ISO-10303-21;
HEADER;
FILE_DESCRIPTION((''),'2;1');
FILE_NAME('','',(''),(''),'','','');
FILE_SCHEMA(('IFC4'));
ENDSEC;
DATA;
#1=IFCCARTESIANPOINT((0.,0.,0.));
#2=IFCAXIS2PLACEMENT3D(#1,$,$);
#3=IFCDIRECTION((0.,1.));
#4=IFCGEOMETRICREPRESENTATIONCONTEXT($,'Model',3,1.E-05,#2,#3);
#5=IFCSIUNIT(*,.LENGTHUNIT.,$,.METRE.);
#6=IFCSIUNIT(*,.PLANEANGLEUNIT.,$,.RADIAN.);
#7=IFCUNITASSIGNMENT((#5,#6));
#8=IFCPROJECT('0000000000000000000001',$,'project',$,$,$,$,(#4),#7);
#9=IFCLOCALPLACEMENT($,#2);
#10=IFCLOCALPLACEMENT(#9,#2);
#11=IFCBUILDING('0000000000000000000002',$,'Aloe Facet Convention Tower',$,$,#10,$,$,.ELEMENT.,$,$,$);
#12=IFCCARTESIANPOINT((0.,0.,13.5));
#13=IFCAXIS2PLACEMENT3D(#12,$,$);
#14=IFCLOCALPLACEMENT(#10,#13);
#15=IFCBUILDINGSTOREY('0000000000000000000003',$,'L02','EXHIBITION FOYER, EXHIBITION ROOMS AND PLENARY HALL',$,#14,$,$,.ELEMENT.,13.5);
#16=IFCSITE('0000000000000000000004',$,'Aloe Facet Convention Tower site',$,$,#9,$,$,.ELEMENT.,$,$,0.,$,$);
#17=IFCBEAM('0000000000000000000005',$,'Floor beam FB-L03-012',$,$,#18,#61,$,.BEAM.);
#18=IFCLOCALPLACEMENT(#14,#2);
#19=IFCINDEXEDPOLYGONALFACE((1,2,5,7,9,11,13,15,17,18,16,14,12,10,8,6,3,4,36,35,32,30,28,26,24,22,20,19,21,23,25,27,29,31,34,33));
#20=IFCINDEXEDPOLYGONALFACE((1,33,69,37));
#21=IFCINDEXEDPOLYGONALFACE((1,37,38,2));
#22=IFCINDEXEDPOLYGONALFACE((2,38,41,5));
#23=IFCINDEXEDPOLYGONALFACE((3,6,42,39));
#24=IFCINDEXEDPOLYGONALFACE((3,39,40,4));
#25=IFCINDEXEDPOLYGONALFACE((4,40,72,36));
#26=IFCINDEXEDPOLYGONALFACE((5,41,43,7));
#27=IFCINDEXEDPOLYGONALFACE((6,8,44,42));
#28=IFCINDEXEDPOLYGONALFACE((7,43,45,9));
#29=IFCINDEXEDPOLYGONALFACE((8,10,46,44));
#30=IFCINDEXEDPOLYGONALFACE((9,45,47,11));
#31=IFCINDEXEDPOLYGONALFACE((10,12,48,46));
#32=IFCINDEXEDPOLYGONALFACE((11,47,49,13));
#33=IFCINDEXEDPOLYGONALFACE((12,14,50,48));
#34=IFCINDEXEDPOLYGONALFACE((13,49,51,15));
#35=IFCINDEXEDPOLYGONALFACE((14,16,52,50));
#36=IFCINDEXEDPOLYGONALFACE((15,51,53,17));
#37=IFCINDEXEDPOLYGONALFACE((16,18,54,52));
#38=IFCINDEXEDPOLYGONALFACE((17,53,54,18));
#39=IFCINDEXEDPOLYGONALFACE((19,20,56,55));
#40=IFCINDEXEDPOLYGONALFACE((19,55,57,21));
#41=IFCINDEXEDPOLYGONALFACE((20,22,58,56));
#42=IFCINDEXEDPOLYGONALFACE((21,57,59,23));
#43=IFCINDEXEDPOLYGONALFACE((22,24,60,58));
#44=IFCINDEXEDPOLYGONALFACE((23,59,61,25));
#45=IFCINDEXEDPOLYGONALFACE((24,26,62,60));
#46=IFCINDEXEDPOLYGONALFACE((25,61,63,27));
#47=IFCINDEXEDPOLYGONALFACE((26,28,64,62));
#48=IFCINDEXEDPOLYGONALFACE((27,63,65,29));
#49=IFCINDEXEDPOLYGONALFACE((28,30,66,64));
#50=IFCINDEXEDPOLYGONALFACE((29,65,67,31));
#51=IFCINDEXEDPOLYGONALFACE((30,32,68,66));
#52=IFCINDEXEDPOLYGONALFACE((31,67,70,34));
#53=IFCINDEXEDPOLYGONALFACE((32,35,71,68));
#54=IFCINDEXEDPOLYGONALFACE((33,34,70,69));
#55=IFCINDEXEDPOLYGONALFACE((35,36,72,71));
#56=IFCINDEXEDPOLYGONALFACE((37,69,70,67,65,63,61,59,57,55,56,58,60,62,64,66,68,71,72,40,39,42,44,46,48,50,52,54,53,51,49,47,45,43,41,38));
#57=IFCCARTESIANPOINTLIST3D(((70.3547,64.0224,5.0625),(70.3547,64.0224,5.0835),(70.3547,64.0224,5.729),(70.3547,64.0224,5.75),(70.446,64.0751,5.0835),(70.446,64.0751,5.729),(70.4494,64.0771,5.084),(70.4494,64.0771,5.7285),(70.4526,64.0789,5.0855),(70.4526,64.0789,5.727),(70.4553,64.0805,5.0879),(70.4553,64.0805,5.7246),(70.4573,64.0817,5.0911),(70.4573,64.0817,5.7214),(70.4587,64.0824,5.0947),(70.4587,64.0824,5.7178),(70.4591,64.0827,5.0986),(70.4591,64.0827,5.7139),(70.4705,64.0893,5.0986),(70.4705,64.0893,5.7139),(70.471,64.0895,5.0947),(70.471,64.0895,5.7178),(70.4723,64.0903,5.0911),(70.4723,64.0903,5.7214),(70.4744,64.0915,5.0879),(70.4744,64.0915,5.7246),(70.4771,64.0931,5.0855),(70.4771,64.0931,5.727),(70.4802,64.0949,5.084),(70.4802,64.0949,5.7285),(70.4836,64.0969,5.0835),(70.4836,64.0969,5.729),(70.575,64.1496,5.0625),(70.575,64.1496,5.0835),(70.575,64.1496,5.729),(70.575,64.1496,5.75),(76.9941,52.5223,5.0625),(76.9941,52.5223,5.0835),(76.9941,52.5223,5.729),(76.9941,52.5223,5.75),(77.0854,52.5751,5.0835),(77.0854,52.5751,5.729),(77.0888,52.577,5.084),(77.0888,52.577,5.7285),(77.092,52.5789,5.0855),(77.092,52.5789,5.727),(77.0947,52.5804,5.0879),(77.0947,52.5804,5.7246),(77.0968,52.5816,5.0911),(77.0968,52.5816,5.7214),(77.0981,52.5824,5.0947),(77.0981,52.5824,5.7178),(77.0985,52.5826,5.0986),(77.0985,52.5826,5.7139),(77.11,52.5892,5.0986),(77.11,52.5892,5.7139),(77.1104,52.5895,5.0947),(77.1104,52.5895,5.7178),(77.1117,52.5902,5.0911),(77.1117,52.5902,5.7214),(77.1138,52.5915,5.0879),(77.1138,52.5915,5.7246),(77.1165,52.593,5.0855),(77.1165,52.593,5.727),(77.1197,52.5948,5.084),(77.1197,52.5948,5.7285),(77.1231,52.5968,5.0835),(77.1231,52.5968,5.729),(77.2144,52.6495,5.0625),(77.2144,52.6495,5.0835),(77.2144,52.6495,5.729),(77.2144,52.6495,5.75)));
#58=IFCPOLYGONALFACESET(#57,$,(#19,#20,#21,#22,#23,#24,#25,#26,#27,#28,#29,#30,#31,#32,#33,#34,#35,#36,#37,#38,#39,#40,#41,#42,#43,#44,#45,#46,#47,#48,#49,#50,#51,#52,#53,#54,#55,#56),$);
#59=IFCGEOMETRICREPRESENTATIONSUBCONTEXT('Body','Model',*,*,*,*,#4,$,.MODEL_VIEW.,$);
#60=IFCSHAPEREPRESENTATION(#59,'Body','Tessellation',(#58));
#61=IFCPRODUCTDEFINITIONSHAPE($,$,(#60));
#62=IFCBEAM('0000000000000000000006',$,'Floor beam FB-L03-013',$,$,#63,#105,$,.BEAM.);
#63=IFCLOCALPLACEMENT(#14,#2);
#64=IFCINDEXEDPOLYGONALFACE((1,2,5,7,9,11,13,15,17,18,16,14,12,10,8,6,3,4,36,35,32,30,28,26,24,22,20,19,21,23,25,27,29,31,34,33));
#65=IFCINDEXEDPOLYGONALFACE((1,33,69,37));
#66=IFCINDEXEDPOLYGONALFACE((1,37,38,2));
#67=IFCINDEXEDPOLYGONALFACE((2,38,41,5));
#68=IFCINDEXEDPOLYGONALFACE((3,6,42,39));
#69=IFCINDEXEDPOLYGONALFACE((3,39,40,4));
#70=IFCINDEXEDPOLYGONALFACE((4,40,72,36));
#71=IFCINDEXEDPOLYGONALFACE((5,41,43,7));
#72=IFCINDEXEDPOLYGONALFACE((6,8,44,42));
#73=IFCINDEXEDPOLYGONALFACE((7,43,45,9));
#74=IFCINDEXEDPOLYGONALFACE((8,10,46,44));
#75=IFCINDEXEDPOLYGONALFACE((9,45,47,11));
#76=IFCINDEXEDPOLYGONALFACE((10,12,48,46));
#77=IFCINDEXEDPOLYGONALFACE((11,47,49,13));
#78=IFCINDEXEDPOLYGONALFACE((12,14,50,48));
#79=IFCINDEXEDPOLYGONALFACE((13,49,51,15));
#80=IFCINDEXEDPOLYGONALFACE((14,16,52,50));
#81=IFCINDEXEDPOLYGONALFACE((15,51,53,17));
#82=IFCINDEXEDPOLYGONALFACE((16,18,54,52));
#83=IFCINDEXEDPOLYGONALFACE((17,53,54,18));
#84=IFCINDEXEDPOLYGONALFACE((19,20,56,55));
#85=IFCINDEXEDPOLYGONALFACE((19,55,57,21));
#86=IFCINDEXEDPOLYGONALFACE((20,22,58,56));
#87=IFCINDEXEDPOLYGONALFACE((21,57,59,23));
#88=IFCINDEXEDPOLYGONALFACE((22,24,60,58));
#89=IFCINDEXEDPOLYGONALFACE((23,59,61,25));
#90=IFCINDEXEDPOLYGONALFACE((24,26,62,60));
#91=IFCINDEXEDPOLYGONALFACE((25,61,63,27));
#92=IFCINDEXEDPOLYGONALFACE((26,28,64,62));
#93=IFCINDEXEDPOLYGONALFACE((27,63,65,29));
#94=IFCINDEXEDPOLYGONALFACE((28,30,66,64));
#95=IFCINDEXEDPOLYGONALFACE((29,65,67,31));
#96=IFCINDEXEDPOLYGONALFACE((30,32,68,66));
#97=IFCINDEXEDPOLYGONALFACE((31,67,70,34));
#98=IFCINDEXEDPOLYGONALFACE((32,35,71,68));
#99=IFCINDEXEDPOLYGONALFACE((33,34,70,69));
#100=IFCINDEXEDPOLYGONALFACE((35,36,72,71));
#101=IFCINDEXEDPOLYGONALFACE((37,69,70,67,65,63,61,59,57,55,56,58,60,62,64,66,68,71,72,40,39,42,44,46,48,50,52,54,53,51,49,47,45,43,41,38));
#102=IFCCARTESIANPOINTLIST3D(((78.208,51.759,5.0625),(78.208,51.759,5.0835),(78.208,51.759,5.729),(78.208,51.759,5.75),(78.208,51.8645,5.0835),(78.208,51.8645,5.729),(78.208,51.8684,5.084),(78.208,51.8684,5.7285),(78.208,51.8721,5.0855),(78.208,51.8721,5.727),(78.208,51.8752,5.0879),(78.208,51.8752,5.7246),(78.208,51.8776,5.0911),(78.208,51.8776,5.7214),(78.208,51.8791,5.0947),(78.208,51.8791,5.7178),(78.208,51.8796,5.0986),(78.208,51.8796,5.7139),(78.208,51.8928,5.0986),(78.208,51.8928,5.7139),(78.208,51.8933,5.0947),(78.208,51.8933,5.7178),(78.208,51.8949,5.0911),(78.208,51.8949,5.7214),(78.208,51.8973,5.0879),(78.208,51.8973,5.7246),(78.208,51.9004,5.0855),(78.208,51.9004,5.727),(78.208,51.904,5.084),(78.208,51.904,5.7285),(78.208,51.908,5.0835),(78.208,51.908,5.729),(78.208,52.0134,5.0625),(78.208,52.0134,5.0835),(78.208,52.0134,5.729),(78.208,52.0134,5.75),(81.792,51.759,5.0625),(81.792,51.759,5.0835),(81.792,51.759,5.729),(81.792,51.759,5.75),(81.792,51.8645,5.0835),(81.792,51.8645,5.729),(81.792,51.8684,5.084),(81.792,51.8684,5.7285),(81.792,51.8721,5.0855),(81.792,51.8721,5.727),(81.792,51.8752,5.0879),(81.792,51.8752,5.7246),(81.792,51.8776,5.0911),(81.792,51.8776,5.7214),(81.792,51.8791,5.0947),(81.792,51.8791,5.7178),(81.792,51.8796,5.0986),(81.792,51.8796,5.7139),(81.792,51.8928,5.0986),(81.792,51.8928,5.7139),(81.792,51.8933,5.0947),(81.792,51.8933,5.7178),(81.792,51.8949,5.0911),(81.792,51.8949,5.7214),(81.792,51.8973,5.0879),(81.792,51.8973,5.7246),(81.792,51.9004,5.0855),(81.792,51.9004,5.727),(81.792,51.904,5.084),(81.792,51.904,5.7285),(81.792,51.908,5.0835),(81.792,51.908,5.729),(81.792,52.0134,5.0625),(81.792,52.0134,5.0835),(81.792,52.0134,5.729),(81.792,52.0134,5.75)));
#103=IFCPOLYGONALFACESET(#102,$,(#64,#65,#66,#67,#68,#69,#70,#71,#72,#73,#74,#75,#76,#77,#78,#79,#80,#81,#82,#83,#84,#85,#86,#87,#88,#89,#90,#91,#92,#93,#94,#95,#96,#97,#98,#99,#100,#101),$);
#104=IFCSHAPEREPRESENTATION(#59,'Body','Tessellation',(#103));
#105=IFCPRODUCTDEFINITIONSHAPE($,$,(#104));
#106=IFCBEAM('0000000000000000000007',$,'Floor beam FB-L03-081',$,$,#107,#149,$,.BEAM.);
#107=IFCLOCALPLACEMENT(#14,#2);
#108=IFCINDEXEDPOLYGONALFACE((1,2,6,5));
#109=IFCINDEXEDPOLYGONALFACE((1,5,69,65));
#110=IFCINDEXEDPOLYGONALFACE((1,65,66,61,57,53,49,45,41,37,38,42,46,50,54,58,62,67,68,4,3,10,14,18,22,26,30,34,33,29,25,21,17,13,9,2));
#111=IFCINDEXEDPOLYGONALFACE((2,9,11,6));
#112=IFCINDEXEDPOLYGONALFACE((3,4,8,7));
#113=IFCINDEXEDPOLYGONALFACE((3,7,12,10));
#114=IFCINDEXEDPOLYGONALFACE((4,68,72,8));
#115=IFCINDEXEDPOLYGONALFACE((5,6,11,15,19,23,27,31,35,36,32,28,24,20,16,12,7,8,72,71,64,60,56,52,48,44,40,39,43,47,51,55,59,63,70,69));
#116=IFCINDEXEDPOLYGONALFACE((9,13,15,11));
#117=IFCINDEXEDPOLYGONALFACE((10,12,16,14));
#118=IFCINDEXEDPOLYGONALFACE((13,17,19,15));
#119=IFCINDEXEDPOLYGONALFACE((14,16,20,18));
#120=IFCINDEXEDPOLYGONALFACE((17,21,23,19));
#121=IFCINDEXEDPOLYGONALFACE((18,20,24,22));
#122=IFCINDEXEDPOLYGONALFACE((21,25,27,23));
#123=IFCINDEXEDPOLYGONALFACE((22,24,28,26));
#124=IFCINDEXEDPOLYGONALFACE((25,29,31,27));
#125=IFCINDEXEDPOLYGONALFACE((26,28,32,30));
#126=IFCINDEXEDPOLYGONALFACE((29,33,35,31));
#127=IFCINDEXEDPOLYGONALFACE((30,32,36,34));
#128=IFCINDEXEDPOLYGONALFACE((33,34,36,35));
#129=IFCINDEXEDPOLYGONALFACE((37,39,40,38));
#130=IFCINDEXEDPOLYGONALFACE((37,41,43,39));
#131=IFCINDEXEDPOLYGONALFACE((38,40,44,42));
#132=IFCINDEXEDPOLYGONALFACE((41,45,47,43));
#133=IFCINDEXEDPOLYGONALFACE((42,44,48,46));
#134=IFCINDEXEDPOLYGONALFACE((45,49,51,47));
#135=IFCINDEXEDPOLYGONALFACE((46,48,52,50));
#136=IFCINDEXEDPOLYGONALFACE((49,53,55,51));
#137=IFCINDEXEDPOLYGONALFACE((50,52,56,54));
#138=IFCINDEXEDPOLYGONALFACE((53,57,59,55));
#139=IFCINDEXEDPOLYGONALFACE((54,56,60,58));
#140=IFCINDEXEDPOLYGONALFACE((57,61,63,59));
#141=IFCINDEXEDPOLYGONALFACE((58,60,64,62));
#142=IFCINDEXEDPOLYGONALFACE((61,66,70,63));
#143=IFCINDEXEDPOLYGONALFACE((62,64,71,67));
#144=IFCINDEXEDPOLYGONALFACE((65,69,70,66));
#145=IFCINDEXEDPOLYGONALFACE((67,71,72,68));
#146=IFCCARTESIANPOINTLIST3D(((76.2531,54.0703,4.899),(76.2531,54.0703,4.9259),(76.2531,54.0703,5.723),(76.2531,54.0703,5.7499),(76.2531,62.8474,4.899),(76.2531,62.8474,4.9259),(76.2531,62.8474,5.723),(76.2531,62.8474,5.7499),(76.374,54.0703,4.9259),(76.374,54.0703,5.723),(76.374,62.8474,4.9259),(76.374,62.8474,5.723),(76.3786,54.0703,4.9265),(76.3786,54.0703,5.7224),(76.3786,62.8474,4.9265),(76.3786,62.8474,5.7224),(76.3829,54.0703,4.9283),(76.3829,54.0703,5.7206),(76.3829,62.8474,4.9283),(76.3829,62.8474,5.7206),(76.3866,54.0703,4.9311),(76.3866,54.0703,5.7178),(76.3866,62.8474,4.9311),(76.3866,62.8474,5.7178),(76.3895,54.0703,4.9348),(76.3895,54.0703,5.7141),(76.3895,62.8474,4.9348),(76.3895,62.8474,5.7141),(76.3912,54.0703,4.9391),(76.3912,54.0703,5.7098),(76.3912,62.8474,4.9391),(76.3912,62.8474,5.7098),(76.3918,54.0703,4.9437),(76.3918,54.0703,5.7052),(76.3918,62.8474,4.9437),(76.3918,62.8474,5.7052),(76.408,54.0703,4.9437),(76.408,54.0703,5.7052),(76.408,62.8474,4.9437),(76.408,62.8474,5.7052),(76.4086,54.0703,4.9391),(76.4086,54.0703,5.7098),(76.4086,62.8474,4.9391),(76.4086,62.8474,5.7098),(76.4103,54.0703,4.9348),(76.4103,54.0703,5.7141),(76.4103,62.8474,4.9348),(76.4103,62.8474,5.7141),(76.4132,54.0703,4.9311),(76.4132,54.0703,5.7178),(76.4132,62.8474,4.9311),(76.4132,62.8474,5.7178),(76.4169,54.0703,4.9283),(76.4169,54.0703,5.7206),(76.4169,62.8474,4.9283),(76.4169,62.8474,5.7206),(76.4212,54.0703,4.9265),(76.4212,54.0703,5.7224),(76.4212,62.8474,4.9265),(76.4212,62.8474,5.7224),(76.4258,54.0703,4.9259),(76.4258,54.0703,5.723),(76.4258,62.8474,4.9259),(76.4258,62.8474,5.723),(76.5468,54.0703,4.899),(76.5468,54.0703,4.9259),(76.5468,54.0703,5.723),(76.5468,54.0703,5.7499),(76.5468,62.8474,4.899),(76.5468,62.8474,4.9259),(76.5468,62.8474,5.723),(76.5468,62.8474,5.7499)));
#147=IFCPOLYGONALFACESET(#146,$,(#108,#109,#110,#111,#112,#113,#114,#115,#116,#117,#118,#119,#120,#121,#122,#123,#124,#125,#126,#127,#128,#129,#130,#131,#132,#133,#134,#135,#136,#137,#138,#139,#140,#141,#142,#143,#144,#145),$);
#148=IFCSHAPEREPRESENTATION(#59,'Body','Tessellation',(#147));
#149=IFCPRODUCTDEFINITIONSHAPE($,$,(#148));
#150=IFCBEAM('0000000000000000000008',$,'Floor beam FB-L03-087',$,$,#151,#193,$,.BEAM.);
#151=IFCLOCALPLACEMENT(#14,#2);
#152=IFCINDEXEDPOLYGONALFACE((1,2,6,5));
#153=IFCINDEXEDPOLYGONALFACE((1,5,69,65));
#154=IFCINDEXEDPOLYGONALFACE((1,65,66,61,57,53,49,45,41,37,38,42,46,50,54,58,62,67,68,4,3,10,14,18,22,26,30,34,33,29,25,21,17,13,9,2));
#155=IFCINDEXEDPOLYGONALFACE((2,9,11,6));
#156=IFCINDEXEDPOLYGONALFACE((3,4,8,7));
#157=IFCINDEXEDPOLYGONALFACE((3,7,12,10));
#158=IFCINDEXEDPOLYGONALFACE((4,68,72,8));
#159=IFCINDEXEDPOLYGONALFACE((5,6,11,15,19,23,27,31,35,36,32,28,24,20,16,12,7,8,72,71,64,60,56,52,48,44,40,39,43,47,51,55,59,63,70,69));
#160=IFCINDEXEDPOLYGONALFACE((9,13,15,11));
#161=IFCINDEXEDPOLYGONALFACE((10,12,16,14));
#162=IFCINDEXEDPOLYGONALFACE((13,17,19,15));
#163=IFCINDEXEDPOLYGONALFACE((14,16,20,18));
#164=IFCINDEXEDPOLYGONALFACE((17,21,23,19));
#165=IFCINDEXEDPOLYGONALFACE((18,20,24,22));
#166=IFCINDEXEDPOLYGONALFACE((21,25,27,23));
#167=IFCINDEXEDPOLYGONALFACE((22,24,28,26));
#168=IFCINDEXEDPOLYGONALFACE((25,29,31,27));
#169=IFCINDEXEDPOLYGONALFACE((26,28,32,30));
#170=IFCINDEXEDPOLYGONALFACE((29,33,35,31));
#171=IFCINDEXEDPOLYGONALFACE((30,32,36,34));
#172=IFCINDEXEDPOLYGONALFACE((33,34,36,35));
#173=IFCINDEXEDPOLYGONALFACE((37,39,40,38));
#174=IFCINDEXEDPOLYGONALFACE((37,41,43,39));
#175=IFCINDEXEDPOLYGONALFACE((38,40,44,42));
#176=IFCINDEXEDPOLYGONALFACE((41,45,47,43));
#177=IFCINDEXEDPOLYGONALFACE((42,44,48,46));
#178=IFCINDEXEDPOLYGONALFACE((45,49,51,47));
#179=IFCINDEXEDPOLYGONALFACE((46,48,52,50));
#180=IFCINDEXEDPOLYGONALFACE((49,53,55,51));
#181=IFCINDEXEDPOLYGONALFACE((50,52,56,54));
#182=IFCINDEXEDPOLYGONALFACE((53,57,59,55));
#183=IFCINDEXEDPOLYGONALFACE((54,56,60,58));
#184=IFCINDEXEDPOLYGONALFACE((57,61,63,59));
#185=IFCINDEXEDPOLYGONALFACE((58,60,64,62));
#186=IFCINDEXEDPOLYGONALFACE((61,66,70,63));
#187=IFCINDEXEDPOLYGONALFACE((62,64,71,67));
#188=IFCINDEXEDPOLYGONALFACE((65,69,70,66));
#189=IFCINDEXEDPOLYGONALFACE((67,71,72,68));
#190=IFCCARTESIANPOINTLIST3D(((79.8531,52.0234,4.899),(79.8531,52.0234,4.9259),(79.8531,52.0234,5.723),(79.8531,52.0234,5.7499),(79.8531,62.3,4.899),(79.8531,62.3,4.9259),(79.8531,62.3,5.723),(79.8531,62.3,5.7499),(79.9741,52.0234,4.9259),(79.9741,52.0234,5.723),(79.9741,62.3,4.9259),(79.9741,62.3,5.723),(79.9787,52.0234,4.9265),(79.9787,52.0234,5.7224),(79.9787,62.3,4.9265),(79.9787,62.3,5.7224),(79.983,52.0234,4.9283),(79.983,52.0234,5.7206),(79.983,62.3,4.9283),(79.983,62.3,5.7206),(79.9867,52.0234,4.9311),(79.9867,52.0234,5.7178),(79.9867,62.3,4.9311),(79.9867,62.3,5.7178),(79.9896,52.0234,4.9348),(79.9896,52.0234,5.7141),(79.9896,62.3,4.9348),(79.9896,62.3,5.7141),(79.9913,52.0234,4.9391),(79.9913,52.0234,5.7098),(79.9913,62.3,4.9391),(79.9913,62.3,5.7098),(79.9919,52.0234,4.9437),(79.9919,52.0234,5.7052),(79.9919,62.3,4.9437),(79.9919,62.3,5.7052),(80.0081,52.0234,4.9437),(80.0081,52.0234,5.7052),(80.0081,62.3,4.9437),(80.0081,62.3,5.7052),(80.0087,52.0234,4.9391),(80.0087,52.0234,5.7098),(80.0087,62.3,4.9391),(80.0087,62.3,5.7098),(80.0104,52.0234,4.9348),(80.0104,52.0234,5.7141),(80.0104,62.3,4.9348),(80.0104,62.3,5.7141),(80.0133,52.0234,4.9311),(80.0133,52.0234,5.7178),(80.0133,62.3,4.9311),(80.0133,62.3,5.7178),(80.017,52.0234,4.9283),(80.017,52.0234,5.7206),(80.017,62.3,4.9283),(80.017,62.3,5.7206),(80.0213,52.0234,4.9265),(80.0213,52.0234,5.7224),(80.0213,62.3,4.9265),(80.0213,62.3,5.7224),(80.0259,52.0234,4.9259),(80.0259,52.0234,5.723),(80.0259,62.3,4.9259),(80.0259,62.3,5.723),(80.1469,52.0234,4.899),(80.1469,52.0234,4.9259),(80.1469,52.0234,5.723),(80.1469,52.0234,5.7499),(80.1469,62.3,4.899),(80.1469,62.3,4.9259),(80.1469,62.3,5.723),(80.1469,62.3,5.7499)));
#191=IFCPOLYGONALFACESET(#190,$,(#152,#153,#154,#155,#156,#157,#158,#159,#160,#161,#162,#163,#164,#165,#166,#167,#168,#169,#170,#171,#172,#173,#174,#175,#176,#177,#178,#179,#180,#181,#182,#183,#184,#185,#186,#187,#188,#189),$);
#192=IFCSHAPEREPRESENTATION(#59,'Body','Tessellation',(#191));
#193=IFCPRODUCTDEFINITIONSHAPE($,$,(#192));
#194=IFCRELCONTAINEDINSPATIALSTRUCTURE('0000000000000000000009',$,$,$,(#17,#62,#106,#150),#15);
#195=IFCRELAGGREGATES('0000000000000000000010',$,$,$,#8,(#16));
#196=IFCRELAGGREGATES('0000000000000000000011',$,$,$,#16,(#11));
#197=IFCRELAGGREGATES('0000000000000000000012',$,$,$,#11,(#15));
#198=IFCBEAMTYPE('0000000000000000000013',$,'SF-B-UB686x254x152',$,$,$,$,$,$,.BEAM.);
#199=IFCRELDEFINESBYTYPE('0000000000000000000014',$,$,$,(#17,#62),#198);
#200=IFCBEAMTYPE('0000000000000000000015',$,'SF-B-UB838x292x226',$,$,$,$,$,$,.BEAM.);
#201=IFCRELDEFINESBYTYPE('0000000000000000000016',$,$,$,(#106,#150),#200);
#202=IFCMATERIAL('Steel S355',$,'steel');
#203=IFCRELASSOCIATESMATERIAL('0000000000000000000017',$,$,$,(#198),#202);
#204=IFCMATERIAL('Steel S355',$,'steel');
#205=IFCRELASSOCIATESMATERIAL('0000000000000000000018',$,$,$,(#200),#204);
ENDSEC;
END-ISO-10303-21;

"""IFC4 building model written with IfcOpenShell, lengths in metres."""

from ifc_helpers import new_model, si_unit, direction, frame, origin, origin_2d, place, context, subcontext, project, spatial, i_section, extrude, material, material_profile, profile_set, type_object, element, save


model = new_model("IFC4")

# Units and contexts
model_context = context("Model", 3, precision=1e-05, world=origin(), true_north=direction((0.0, 1.0)))
body_context = subcontext(model_context, "Body", "Model", "MODEL_VIEW")
ifc_project = project(units=[si_unit("LENGTHUNIT", "METRE"), si_unit("PLANEANGLEUNIT", "RADIAN")], contexts=[model_context])

# Site, building, storey
site_placement = place(None, origin())
site = spatial("IfcSite", under=ifc_project, at=site_placement, Name="Aloe Facet Convention Tower site", CompositionType="ELEMENT", RefElevation=0.0)
building_placement = place(site_placement, origin())
building = spatial("IfcBuilding", under=site, at=building_placement, Name="Aloe Facet Convention Tower", CompositionType="ELEMENT")
storey_placement = place(building_placement, frame((0.0, 0.0, 13.5)))
storey = spatial("IfcBuildingStorey", under=building, at=storey_placement, Name="L02", Description="EXHIBITION FOYER, EXHIBITION ROOMS AND PLENARY HALL", CompositionType="ELEMENT", Elevation=13.5)

# Beams
ifc_material_1 = material(Name="Steel S355", Category="steel")
ifc_material_profile_1 = material_profile(ifc_material_1, i_section(OverallWidth=0.2544, OverallDepth=0.6875, WebThickness=0.0132, FlangeThickness=0.021, FilletRadius=0.0151, at=origin_2d()), Name="UB 686x254x152")
ifc_profile_set_1 = profile_set([ifc_material_profile_1], Name="Steel S355")
beam_type_1 = type_object("IfcBeamType", Name="SF-B-UB686x254x152", PredefinedType="BEAM", material=ifc_profile_set_1)
beam_1_placement = place(storey_placement, frame((77.1042, 52.5859, 5.4062), z_axis=(-0.499993, 0.866029, 0.0), x_axis=(-0.866029, -0.499993, 0.0)))
element("IfcBeam", 1, at=beam_1_placement, inside=storey, type_object=beam_type_1, Name="Floor beam FB-L03-012", PredefinedType="BEAM", context=body_context, shape_type="SweptSolid", body=[
    extrude(i_section(OverallWidth=0.2544, OverallDepth=0.6875, WebThickness=0.0132, FlangeThickness=0.021, FilletRadius=0.0151, at=origin_2d()), origin(), (0.0, 0.0, 1.0), 13.2791),
])
beam_2_placement = place(storey_placement, frame((81.792, 51.8862, 5.4062), z_axis=(-1.0, 0.0, 0.0), x_axis=(0.0, -1.0, 0.0)))
element("IfcBeam", 2, at=beam_2_placement, inside=storey, type_object=beam_type_1, Name="Floor beam FB-L03-013", PredefinedType="BEAM", context=body_context, shape_type="SweptSolid", body=[
    extrude(i_section(OverallWidth=0.2544, OverallDepth=0.6875, WebThickness=0.0132, FlangeThickness=0.021, FilletRadius=0.0151, at=origin_2d()), origin(), (0.0, 0.0, 1.0), 3.584),
])
ifc_material_2 = material(Name="Steel S355", Category="steel")
ifc_material_profile_2 = material_profile(ifc_material_2, i_section(OverallWidth=0.2937, OverallDepth=0.8508, WebThickness=0.0161, FlangeThickness=0.0269, FilletRadius=0.0178, at=origin_2d()), Name="UB 838x292x226")
ifc_profile_set_2 = profile_set([ifc_material_profile_2], Name="Steel S355")
beam_type_2 = type_object("IfcBeamType", Name="SF-B-UB838x292x226", PredefinedType="BEAM", material=ifc_profile_set_2)
beam_3_placement = place(storey_placement, frame((76.3999, 54.0703, 5.3245), z_axis=(0.0, 1.0, 0.0), x_axis=(-1.0, 0.0, 0.0)))
element("IfcBeam", 3, at=beam_3_placement, inside=storey, type_object=beam_type_2, Name="Floor beam FB-L03-081", PredefinedType="BEAM", context=body_context, shape_type="SweptSolid", body=[
    extrude(i_section(OverallWidth=0.2937, OverallDepth=0.8508, WebThickness=0.0161, FlangeThickness=0.0269, FilletRadius=0.0178, at=origin_2d()), origin(), (0.0, 0.0, 1.0), 8.7771),
])
beam_4_placement = place(storey_placement, frame((80.0, 52.0234, 5.3245), z_axis=(0.0, 1.0, 0.0), x_axis=(-1.0, 0.0, 0.0)))
element("IfcBeam", 4, at=beam_4_placement, inside=storey, type_object=beam_type_2, Name="Floor beam FB-L03-087", PredefinedType="BEAM", context=body_context, shape_type="SweptSolid", body=[
    extrude(i_section(OverallWidth=0.2937, OverallDepth=0.8508, WebThickness=0.0161, FlangeThickness=0.0269, FilletRadius=0.0178, at=origin_2d()), origin(), (0.0, 0.0, 1.0), 10.2766),
])

save(model, "model.ifc")
